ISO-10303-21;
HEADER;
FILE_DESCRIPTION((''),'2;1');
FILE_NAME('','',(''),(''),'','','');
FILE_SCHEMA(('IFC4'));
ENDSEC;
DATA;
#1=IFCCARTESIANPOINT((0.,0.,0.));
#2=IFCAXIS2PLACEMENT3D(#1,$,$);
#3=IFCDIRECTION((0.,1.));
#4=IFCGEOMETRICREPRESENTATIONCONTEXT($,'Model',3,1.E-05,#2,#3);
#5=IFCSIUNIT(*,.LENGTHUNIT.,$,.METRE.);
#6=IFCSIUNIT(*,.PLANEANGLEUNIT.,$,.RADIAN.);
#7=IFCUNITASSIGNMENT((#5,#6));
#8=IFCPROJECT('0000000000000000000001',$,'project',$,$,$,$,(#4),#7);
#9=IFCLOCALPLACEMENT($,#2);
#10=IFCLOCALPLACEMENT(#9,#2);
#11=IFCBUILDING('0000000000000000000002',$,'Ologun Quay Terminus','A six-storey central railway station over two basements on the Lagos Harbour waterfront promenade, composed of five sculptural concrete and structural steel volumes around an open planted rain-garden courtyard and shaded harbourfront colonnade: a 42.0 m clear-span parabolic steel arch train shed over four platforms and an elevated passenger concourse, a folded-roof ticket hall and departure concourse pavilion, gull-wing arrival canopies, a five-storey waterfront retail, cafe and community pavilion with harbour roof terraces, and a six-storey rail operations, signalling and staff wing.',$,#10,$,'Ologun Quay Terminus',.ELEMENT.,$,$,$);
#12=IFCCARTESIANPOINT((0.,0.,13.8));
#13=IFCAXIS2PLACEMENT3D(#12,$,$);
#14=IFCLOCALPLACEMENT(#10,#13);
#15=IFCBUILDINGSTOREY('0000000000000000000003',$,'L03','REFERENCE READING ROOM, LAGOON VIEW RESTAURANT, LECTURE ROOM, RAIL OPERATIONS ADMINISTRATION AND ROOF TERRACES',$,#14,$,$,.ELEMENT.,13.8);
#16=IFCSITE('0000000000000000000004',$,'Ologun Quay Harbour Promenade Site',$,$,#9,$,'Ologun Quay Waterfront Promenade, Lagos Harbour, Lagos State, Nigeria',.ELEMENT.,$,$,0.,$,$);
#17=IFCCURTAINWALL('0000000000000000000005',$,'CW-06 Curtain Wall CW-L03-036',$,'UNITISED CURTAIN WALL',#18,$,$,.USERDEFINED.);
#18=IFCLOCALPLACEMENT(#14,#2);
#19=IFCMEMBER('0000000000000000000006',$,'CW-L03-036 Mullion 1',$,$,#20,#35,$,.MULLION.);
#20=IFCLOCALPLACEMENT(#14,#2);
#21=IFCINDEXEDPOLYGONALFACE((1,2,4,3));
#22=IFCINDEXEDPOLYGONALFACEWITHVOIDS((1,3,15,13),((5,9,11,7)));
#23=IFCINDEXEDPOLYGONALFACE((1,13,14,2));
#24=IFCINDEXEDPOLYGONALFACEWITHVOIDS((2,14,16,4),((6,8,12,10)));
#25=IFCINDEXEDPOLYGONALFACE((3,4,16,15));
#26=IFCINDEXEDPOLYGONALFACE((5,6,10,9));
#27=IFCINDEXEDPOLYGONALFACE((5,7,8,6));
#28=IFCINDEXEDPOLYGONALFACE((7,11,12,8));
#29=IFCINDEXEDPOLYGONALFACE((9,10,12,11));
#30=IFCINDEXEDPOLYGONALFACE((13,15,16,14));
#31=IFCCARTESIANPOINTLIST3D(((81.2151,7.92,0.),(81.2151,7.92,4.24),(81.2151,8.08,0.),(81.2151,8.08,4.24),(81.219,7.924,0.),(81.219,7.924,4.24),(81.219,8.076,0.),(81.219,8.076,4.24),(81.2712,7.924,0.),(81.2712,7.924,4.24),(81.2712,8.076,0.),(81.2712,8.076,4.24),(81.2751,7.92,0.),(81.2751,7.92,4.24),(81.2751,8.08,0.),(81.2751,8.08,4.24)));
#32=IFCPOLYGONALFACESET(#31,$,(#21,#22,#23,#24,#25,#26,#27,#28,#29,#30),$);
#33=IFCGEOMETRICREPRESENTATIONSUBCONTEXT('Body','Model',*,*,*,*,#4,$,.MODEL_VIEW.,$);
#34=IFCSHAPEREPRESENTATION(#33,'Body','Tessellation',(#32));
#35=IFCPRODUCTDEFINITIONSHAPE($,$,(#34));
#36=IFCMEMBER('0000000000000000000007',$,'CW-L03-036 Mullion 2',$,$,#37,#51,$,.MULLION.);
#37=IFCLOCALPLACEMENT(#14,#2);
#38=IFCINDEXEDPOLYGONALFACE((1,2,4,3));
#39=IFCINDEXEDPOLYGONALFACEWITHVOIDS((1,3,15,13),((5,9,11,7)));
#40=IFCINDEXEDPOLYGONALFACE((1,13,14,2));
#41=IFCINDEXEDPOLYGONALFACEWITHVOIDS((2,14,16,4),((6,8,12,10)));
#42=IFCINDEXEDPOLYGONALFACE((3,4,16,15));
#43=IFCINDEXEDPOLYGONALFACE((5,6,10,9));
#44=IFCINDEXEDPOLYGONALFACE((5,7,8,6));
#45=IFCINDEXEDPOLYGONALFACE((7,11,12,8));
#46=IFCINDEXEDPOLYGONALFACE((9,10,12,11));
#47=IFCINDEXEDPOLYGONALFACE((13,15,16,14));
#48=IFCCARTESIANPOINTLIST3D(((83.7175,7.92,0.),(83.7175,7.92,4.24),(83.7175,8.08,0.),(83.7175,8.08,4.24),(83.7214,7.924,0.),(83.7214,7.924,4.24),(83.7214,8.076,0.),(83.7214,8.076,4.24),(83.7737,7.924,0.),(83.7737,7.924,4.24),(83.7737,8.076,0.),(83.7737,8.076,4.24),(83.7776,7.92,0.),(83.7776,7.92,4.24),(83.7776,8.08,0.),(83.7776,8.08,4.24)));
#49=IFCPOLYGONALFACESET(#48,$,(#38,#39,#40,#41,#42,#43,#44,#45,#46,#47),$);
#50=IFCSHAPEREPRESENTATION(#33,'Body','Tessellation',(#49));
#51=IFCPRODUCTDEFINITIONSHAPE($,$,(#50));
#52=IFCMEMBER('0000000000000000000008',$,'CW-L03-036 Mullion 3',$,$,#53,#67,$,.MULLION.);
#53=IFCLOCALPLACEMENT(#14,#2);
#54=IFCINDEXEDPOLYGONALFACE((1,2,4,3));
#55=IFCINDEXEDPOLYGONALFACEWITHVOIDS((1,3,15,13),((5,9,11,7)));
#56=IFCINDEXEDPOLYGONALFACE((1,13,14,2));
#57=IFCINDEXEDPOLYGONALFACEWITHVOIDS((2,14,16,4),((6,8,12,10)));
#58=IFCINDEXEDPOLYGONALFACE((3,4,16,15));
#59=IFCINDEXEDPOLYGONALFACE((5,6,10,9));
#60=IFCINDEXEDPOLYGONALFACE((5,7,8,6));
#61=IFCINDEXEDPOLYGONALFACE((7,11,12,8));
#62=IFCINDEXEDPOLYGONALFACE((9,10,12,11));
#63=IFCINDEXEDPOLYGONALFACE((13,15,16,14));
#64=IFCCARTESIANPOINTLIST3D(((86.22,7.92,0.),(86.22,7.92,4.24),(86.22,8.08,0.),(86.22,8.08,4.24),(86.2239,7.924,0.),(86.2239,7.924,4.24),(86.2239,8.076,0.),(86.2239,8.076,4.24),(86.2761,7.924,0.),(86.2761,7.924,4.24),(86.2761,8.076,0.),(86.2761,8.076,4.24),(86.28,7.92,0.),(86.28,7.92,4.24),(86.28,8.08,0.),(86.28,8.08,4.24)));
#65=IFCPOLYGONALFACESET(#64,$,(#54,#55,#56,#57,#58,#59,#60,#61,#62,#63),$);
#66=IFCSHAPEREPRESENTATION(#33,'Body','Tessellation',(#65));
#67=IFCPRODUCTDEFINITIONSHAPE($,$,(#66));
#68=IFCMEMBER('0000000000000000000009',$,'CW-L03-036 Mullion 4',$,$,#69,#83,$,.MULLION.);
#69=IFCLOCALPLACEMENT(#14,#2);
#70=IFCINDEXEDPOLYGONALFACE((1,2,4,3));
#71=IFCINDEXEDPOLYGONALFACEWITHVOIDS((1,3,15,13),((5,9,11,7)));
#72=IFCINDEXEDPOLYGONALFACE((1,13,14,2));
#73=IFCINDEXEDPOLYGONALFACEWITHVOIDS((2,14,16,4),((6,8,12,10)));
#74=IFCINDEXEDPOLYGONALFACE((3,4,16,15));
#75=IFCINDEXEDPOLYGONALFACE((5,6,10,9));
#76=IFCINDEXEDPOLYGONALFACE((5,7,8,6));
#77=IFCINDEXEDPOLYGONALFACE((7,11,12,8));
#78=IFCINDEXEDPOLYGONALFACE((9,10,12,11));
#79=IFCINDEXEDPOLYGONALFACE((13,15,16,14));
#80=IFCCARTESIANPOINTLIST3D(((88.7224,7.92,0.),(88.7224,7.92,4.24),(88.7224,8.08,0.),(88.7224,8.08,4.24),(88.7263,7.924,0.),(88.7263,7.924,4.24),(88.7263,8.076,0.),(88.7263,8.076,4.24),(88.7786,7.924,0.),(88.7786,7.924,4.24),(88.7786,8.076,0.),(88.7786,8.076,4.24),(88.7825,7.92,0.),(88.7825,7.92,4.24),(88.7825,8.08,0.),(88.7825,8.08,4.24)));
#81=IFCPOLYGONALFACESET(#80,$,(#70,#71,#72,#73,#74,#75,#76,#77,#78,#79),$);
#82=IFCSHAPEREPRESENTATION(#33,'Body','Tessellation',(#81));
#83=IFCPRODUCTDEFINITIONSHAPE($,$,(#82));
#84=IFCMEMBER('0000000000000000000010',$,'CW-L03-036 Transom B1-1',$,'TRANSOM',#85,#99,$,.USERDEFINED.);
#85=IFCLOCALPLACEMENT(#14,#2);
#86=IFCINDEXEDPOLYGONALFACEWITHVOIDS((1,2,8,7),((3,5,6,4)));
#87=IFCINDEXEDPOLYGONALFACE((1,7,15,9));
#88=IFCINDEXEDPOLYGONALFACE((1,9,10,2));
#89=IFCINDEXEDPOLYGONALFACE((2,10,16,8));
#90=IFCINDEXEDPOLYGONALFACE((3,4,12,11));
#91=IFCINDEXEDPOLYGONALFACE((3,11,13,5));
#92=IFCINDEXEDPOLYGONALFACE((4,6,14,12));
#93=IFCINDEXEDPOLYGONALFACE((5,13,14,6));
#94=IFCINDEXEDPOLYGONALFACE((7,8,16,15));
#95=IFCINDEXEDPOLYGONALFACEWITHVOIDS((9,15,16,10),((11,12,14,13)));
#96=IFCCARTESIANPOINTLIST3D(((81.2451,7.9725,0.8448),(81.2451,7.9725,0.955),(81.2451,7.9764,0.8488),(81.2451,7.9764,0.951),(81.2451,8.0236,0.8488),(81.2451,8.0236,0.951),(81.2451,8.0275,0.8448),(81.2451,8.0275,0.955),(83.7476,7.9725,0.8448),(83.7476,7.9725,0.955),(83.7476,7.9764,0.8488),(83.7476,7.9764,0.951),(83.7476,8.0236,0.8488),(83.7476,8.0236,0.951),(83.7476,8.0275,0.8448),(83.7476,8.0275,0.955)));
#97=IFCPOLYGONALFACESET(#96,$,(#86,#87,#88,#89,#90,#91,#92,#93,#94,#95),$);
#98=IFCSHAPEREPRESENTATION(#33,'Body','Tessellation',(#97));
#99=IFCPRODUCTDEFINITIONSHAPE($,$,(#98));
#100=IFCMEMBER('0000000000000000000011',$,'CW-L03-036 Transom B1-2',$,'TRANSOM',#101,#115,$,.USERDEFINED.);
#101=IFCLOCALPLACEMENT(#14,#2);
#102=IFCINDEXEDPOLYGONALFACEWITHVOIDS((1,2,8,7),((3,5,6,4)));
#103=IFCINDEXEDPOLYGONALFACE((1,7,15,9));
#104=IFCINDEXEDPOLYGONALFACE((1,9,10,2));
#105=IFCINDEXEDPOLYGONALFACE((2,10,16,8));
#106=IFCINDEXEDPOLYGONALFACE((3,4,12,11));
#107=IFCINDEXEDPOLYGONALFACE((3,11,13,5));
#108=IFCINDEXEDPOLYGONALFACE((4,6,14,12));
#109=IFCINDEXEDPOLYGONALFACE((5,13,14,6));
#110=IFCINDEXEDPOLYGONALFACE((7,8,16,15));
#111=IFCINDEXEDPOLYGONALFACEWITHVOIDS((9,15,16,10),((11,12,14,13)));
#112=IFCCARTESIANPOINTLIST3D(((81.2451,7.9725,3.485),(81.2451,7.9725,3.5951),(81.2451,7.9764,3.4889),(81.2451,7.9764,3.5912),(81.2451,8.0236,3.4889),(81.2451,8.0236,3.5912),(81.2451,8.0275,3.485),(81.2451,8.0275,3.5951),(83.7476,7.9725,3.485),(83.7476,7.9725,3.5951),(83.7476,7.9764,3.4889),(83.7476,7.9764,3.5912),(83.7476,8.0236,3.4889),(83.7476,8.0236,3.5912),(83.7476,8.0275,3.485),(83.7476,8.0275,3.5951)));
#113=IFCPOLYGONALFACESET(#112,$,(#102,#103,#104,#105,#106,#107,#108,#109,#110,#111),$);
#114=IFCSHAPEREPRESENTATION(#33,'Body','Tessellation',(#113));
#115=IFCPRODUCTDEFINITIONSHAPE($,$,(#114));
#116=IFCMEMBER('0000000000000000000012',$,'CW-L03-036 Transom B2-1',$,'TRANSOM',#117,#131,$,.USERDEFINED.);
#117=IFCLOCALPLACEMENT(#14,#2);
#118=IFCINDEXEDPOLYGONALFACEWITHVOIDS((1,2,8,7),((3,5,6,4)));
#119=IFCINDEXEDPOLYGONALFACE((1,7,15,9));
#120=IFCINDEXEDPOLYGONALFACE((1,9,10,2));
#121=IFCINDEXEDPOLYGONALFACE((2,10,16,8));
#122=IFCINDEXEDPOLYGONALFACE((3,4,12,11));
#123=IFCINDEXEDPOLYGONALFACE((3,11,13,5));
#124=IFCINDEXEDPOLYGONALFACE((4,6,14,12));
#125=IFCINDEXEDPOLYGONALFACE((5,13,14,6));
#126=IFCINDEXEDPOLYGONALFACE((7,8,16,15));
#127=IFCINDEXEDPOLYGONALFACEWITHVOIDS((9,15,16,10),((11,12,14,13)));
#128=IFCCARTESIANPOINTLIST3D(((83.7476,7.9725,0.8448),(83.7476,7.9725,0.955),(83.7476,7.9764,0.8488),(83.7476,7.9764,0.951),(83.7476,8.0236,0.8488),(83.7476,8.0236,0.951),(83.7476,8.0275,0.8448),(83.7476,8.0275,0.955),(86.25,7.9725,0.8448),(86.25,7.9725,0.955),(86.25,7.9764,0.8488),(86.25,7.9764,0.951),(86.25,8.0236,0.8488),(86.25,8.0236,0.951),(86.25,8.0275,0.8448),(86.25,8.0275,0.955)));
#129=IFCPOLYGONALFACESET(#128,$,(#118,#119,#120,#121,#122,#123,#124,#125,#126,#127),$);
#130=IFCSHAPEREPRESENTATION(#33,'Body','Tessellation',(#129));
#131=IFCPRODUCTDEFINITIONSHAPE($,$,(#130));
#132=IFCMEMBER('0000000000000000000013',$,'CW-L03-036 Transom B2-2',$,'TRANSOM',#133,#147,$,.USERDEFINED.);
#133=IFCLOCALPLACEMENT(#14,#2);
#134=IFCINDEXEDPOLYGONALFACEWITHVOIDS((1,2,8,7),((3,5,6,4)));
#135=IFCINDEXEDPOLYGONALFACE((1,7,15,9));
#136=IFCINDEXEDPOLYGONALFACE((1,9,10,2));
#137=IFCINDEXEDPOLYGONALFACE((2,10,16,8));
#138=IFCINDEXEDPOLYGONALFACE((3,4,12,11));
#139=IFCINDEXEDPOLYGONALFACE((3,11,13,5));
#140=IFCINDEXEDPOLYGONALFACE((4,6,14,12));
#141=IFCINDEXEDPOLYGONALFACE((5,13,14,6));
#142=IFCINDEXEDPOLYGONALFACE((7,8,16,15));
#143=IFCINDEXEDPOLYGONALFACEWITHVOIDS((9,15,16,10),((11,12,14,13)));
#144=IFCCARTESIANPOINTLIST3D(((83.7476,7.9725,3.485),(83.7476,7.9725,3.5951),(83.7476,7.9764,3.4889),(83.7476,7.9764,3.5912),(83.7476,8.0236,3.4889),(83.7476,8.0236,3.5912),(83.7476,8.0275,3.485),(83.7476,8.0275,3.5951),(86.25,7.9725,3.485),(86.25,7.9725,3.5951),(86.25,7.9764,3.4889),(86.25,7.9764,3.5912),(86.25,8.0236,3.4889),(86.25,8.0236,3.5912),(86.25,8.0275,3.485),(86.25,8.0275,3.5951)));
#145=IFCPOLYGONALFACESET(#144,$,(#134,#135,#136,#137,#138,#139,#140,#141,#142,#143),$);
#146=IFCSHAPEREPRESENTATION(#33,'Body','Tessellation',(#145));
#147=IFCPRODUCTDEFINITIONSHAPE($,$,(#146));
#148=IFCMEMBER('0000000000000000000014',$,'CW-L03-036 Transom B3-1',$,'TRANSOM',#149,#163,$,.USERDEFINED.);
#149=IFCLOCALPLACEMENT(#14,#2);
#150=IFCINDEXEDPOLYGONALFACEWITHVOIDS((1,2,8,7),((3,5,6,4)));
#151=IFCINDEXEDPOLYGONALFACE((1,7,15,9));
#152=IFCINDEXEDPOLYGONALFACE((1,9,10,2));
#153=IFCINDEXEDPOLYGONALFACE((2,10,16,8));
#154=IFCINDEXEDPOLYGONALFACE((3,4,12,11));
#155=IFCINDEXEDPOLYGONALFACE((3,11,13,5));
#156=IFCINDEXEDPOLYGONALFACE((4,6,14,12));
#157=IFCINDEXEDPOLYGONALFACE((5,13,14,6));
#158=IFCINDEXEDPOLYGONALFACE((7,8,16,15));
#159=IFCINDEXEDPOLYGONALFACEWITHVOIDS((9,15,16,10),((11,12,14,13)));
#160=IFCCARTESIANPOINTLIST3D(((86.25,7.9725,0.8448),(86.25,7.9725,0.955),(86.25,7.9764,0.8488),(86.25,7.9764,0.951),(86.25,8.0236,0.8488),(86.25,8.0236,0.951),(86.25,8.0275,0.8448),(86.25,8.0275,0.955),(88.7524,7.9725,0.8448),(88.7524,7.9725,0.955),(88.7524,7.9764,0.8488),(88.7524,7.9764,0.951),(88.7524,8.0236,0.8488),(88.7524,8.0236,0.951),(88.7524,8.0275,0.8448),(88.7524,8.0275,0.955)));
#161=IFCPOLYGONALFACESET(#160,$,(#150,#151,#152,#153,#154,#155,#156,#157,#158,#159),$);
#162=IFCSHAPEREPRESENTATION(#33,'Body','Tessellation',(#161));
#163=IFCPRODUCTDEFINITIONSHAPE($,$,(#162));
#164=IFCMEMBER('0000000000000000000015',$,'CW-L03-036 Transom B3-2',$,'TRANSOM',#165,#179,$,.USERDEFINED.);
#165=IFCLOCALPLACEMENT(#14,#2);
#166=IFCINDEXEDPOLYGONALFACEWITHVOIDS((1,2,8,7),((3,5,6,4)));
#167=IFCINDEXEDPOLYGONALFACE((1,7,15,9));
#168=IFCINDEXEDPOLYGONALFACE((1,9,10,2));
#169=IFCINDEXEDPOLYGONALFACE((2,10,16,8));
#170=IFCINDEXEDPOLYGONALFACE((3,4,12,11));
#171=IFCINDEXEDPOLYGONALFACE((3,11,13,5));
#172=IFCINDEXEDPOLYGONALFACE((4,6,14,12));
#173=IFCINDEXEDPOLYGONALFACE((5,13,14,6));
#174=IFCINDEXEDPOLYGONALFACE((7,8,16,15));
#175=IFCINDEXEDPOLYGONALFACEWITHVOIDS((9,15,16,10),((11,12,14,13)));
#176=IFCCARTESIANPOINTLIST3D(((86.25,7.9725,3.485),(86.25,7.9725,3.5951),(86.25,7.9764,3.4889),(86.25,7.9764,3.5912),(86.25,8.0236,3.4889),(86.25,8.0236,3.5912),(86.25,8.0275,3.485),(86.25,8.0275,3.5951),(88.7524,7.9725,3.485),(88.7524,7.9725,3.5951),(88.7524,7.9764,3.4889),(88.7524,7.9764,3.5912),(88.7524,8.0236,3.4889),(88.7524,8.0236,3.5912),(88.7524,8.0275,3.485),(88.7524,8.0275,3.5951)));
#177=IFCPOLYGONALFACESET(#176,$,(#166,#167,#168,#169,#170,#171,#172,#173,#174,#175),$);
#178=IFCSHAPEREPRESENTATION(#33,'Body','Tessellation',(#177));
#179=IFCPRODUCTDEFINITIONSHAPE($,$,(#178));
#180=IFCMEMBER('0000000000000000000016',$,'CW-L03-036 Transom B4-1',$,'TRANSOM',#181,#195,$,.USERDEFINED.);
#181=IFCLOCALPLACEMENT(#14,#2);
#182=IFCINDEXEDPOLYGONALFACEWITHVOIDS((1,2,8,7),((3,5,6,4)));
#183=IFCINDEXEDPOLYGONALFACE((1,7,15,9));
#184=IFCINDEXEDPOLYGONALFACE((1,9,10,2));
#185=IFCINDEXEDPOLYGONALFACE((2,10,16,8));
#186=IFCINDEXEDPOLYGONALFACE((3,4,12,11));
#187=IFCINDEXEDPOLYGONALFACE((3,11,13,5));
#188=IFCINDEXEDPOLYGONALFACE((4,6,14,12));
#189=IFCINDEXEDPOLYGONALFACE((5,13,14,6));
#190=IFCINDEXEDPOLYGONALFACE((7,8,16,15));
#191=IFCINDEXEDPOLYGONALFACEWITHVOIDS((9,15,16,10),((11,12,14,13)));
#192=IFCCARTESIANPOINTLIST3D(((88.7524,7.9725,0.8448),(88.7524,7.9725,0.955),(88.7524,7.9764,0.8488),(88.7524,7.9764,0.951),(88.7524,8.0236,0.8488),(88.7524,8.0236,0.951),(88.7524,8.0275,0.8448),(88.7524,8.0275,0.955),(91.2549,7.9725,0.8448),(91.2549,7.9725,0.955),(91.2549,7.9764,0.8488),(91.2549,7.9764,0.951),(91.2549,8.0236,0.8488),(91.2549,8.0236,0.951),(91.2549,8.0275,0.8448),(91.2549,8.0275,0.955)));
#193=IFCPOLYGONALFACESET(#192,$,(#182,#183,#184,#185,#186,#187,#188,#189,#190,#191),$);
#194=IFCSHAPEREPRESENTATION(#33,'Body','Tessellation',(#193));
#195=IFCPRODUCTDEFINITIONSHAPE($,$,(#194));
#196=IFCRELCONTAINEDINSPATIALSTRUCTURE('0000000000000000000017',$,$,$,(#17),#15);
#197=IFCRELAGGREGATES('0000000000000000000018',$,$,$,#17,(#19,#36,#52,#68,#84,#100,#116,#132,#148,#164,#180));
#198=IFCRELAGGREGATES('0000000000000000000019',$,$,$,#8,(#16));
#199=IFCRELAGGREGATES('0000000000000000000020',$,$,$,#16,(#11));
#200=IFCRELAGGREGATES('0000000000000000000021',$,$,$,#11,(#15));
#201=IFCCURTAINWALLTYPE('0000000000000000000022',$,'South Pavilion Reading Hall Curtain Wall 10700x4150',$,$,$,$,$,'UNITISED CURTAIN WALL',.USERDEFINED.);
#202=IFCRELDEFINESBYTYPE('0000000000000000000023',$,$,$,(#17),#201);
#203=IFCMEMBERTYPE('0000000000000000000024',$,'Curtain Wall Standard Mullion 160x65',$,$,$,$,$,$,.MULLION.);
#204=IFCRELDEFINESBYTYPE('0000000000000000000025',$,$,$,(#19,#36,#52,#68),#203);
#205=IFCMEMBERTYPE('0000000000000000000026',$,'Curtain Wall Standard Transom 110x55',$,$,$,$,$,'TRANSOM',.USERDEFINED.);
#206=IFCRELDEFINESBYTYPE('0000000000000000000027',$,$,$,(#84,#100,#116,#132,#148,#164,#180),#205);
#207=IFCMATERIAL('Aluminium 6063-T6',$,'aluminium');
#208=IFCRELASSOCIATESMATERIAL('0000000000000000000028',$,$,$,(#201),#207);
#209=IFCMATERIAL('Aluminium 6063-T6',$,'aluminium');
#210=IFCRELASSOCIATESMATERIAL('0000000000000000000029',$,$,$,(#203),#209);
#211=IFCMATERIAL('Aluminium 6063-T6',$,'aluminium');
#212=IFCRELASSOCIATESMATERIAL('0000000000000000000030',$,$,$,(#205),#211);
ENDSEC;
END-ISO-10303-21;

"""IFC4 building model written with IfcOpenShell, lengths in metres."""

from ifc_helpers import new_model, si_unit, direction, frame, origin, origin_2d, place, context, subcontext, project, spatial, hollow_rectangle, extrude, material, material_profile, profile_set, type_object, element, aggregate, save


model = new_model("IFC4")

# Units and contexts
model_context = context("Model", 3, precision=1e-05, world=origin(), true_north=direction((0.0, 1.0)))
body_context = subcontext(model_context, "Body", "Model", "MODEL_VIEW")
ifc_project = project(units=[si_unit("LENGTHUNIT", "METRE"), si_unit("PLANEANGLEUNIT", "RADIAN")], contexts=[model_context])

# Site, building, storey
site_placement = place(None, origin())
site = spatial("IfcSite", under=ifc_project, at=site_placement, Name="Ologun Quay Harbour Promenade Site", LongName="Ologun Quay Waterfront Promenade, Lagos Harbour, Lagos State, Nigeria", CompositionType="ELEMENT", RefElevation=0.0)
building_placement = place(site_placement, origin())
building = spatial("IfcBuilding", under=site, at=building_placement, Name="Ologun Quay Terminus", Description="A six-storey central railway station over two basements on the Lagos Harbour waterfront promenade, composed of five sculptural concrete and structural steel volumes around an open planted rain-garden courtyard and shaded harbourfront colonnade: a 42.0 m clear-span parabolic steel arch train shed over four platforms and an elevated passenger concourse, a folded-roof ticket hall and departure concourse pavilion, gull-wing arrival canopies, a five-storey waterfront retail, cafe and community pavilion with harbour roof terraces, and a six-storey rail operations, signalling and staff wing.", LongName="Ologun Quay Terminus", CompositionType="ELEMENT")
storey_placement = place(building_placement, frame((0.0, 0.0, 13.8)))
storey = spatial("IfcBuildingStorey", under=building, at=storey_placement, Name="L03", Description="REFERENCE READING ROOM, LAGOON VIEW RESTAURANT, LECTURE ROOM, RAIL OPERATIONS ADMINISTRATION AND ROOF TERRACES", CompositionType="ELEMENT", Elevation=13.8)

# Curtain wall, members
ifc_material_1 = material(Name="Aluminium 6063-T6", Category="aluminium")
curtain_wall_type = type_object("IfcCurtainWallType", Name="South Pavilion Reading Hall Curtain Wall 10700x4150", ElementType="UNITISED CURTAIN WALL", PredefinedType="USERDEFINED", material=ifc_material_1)
curtain_wall_placement = place(storey_placement, origin())
curtain_wall = element("IfcCurtainWall", 1, at=curtain_wall_placement, inside=storey, type_object=curtain_wall_type, Name="CW-06 Curtain Wall CW-L03-036", ObjectType="UNITISED CURTAIN WALL", PredefinedType="USERDEFINED")
ifc_material_2 = material(Name="Aluminium 6063-T6", Category="aluminium")
ifc_material_profile_1 = material_profile(ifc_material_2, hollow_rectangle(XDim=0.0601, YDim=0.1599, WallThickness=0.0039, at=origin_2d()), Name="ALU 160x60x4")
ifc_profile_set_1 = profile_set([ifc_material_profile_1], Name="Aluminium 6063-T6")
member_type_1 = type_object("IfcMemberType", Name="Curtain Wall Standard Mullion 160x65", PredefinedType="MULLION", material=ifc_profile_set_1)
member_1_placement = place(storey_placement, frame((81.2451, 8.0, 0.0), z_axis=(0.0, 0.0, 1.0), x_axis=(1.0, 0.0, 0.0)))
member_1 = element("IfcMember", 2, at=member_1_placement, type_object=member_type_1, Name="CW-L03-036 Mullion 1", PredefinedType="MULLION", context=body_context, shape_type="SweptSolid", body=[
    extrude(hollow_rectangle(XDim=0.0601, YDim=0.1599, WallThickness=0.0039, at=origin_2d()), origin(), (0.0, 0.0, 1.0), 4.24),
])
member_2_placement = place(storey_placement, frame((83.7476, 8.0, 0.0), z_axis=(0.0, 0.0, 1.0), x_axis=(1.0, 0.0, 0.0)))
member_2 = element("IfcMember", 3, at=member_2_placement, type_object=member_type_1, Name="CW-L03-036 Mullion 2", PredefinedType="MULLION", context=body_context, shape_type="SweptSolid", body=[
    extrude(hollow_rectangle(XDim=0.0601, YDim=0.1599, WallThickness=0.0039, at=origin_2d()), origin(), (0.0, 0.0, 1.0), 4.24),
])
member_3_placement = place(storey_placement, frame((86.25, 8.0, 0.0), z_axis=(0.0, 0.0, 1.0), x_axis=(1.0, 0.0, 0.0)))
member_3 = element("IfcMember", 4, at=member_3_placement, type_object=member_type_1, Name="CW-L03-036 Mullion 3", PredefinedType="MULLION", context=body_context, shape_type="SweptSolid", body=[
    extrude(hollow_rectangle(XDim=0.0601, YDim=0.1599, WallThickness=0.0039, at=origin_2d()), origin(), (0.0, 0.0, 1.0), 4.24),
])
member_4_placement = place(storey_placement, frame((88.7524, 8.0, 0.0), z_axis=(0.0, 0.0, 1.0), x_axis=(1.0, 0.0, 0.0)))
member_4 = element("IfcMember", 5, at=member_4_placement, type_object=member_type_1, Name="CW-L03-036 Mullion 4", PredefinedType="MULLION", context=body_context, shape_type="SweptSolid", body=[
    extrude(hollow_rectangle(XDim=0.0601, YDim=0.1599, WallThickness=0.0039, at=origin_2d()), origin(), (0.0, 0.0, 1.0), 4.24),
])
ifc_material_3 = material(Name="Aluminium 6063-T6", Category="aluminium")
ifc_material_profile_2 = material_profile(ifc_material_3, hollow_rectangle(XDim=0.0549, YDim=0.1101, WallThickness=0.0039, at=origin_2d()), Name="ALU 110x55x4")
ifc_profile_set_2 = profile_set([ifc_material_profile_2], Name="Aluminium 6063-T6")
member_type_2 = type_object("IfcMemberType", Name="Curtain Wall Standard Transom 110x55", ElementType="TRANSOM", PredefinedType="USERDEFINED", material=ifc_profile_set_2)
member_5_placement = place(storey_placement, frame((81.2451, 8.0, 0.8999), z_axis=(1.0, 0.0, 0.0), x_axis=(0.0, 1.0, 0.0)))
member_5 = element("IfcMember", 6, at=member_5_placement, type_object=member_type_2, Name="CW-L03-036 Transom B1-1", ObjectType="TRANSOM", PredefinedType="USERDEFINED", context=body_context, shape_type="SweptSolid", body=[
    extrude(hollow_rectangle(XDim=0.0549, YDim=0.1101, WallThickness=0.0039, at=origin_2d()), origin(), (0.0, 0.0, 1.0), 2.5024),
])
member_6_placement = place(storey_placement, frame((81.2451, 8.0, 3.54), z_axis=(1.0, 0.0, 0.0), x_axis=(0.0, 1.0, 0.0)))
member_6 = element("IfcMember", 7, at=member_6_placement, type_object=member_type_2, Name="CW-L03-036 Transom B1-2", ObjectType="TRANSOM", PredefinedType="USERDEFINED", context=body_context, shape_type="SweptSolid", body=[
    extrude(hollow_rectangle(XDim=0.0549, YDim=0.1101, WallThickness=0.0039, at=origin_2d()), origin(), (0.0, 0.0, 1.0), 2.5024),
])
member_7_placement = place(storey_placement, frame((83.7476, 8.0, 0.8999), z_axis=(1.0, 0.0, 0.0), x_axis=(0.0, 1.0, 0.0)))
member_7 = element("IfcMember", 8, at=member_7_placement, type_object=member_type_2, Name="CW-L03-036 Transom B2-1", ObjectType="TRANSOM", PredefinedType="USERDEFINED", context=body_context, shape_type="SweptSolid", body=[
    extrude(hollow_rectangle(XDim=0.0549, YDim=0.1101, WallThickness=0.0039, at=origin_2d()), origin(), (0.0, 0.0, 1.0), 2.5024),
])
member_8_placement = place(storey_placement, frame((83.7476, 8.0, 3.54), z_axis=(1.0, 0.0, 0.0), x_axis=(0.0, 1.0, 0.0)))
member_8 = element("IfcMember", 9, at=member_8_placement, type_object=member_type_2, Name="CW-L03-036 Transom B2-2", ObjectType="TRANSOM", PredefinedType="USERDEFINED", context=body_context, shape_type="SweptSolid", body=[
    extrude(hollow_rectangle(XDim=0.0549, YDim=0.1101, WallThickness=0.0039, at=origin_2d()), origin(), (0.0, 0.0, 1.0), 2.5024),
])
member_9_placement = place(storey_placement, frame((86.25, 8.0, 0.8999), z_axis=(1.0, 0.0, 0.0), x_axis=(0.0, 1.0, 0.0)))
member_9 = element("IfcMember", 10, at=member_9_placement, type_object=member_type_2, Name="CW-L03-036 Transom B3-1", ObjectType="TRANSOM", PredefinedType="USERDEFINED", context=body_context, shape_type="SweptSolid", body=[
    extrude(hollow_rectangle(XDim=0.0549, YDim=0.1101, WallThickness=0.0039, at=origin_2d()), origin(), (0.0, 0.0, 1.0), 2.5024),
])
member_10_placement = place(storey_placement, frame((86.25, 8.0, 3.54), z_axis=(1.0, 0.0, 0.0), x_axis=(0.0, 1.0, 0.0)))
member_10 = element("IfcMember", 11, at=member_10_placement, type_object=member_type_2, Name="CW-L03-036 Transom B3-2", ObjectType="TRANSOM", PredefinedType="USERDEFINED", context=body_context, shape_type="SweptSolid", body=[
    extrude(hollow_rectangle(XDim=0.0549, YDim=0.1101, WallThickness=0.0039, at=origin_2d()), origin(), (0.0, 0.0, 1.0), 2.5024),
])
member_11_placement = place(storey_placement, frame((88.7524, 8.0, 0.8999), z_axis=(1.0, 0.0, 0.0), x_axis=(0.0, 1.0, 0.0)))
member_11 = element("IfcMember", 12, at=member_11_placement, type_object=member_type_2, Name="CW-L03-036 Transom B4-1", ObjectType="TRANSOM", PredefinedType="USERDEFINED", context=body_context, shape_type="SweptSolid", body=[
    extrude(hollow_rectangle(XDim=0.0549, YDim=0.1101, WallThickness=0.0039, at=origin_2d()), origin(), (0.0, 0.0, 1.0), 2.5024),
])
aggregate(curtain_wall, [member_1, member_2, member_3, member_4, member_5, member_6, member_7, member_8, member_9, member_10, member_11])

save(model, "model.ifc")
